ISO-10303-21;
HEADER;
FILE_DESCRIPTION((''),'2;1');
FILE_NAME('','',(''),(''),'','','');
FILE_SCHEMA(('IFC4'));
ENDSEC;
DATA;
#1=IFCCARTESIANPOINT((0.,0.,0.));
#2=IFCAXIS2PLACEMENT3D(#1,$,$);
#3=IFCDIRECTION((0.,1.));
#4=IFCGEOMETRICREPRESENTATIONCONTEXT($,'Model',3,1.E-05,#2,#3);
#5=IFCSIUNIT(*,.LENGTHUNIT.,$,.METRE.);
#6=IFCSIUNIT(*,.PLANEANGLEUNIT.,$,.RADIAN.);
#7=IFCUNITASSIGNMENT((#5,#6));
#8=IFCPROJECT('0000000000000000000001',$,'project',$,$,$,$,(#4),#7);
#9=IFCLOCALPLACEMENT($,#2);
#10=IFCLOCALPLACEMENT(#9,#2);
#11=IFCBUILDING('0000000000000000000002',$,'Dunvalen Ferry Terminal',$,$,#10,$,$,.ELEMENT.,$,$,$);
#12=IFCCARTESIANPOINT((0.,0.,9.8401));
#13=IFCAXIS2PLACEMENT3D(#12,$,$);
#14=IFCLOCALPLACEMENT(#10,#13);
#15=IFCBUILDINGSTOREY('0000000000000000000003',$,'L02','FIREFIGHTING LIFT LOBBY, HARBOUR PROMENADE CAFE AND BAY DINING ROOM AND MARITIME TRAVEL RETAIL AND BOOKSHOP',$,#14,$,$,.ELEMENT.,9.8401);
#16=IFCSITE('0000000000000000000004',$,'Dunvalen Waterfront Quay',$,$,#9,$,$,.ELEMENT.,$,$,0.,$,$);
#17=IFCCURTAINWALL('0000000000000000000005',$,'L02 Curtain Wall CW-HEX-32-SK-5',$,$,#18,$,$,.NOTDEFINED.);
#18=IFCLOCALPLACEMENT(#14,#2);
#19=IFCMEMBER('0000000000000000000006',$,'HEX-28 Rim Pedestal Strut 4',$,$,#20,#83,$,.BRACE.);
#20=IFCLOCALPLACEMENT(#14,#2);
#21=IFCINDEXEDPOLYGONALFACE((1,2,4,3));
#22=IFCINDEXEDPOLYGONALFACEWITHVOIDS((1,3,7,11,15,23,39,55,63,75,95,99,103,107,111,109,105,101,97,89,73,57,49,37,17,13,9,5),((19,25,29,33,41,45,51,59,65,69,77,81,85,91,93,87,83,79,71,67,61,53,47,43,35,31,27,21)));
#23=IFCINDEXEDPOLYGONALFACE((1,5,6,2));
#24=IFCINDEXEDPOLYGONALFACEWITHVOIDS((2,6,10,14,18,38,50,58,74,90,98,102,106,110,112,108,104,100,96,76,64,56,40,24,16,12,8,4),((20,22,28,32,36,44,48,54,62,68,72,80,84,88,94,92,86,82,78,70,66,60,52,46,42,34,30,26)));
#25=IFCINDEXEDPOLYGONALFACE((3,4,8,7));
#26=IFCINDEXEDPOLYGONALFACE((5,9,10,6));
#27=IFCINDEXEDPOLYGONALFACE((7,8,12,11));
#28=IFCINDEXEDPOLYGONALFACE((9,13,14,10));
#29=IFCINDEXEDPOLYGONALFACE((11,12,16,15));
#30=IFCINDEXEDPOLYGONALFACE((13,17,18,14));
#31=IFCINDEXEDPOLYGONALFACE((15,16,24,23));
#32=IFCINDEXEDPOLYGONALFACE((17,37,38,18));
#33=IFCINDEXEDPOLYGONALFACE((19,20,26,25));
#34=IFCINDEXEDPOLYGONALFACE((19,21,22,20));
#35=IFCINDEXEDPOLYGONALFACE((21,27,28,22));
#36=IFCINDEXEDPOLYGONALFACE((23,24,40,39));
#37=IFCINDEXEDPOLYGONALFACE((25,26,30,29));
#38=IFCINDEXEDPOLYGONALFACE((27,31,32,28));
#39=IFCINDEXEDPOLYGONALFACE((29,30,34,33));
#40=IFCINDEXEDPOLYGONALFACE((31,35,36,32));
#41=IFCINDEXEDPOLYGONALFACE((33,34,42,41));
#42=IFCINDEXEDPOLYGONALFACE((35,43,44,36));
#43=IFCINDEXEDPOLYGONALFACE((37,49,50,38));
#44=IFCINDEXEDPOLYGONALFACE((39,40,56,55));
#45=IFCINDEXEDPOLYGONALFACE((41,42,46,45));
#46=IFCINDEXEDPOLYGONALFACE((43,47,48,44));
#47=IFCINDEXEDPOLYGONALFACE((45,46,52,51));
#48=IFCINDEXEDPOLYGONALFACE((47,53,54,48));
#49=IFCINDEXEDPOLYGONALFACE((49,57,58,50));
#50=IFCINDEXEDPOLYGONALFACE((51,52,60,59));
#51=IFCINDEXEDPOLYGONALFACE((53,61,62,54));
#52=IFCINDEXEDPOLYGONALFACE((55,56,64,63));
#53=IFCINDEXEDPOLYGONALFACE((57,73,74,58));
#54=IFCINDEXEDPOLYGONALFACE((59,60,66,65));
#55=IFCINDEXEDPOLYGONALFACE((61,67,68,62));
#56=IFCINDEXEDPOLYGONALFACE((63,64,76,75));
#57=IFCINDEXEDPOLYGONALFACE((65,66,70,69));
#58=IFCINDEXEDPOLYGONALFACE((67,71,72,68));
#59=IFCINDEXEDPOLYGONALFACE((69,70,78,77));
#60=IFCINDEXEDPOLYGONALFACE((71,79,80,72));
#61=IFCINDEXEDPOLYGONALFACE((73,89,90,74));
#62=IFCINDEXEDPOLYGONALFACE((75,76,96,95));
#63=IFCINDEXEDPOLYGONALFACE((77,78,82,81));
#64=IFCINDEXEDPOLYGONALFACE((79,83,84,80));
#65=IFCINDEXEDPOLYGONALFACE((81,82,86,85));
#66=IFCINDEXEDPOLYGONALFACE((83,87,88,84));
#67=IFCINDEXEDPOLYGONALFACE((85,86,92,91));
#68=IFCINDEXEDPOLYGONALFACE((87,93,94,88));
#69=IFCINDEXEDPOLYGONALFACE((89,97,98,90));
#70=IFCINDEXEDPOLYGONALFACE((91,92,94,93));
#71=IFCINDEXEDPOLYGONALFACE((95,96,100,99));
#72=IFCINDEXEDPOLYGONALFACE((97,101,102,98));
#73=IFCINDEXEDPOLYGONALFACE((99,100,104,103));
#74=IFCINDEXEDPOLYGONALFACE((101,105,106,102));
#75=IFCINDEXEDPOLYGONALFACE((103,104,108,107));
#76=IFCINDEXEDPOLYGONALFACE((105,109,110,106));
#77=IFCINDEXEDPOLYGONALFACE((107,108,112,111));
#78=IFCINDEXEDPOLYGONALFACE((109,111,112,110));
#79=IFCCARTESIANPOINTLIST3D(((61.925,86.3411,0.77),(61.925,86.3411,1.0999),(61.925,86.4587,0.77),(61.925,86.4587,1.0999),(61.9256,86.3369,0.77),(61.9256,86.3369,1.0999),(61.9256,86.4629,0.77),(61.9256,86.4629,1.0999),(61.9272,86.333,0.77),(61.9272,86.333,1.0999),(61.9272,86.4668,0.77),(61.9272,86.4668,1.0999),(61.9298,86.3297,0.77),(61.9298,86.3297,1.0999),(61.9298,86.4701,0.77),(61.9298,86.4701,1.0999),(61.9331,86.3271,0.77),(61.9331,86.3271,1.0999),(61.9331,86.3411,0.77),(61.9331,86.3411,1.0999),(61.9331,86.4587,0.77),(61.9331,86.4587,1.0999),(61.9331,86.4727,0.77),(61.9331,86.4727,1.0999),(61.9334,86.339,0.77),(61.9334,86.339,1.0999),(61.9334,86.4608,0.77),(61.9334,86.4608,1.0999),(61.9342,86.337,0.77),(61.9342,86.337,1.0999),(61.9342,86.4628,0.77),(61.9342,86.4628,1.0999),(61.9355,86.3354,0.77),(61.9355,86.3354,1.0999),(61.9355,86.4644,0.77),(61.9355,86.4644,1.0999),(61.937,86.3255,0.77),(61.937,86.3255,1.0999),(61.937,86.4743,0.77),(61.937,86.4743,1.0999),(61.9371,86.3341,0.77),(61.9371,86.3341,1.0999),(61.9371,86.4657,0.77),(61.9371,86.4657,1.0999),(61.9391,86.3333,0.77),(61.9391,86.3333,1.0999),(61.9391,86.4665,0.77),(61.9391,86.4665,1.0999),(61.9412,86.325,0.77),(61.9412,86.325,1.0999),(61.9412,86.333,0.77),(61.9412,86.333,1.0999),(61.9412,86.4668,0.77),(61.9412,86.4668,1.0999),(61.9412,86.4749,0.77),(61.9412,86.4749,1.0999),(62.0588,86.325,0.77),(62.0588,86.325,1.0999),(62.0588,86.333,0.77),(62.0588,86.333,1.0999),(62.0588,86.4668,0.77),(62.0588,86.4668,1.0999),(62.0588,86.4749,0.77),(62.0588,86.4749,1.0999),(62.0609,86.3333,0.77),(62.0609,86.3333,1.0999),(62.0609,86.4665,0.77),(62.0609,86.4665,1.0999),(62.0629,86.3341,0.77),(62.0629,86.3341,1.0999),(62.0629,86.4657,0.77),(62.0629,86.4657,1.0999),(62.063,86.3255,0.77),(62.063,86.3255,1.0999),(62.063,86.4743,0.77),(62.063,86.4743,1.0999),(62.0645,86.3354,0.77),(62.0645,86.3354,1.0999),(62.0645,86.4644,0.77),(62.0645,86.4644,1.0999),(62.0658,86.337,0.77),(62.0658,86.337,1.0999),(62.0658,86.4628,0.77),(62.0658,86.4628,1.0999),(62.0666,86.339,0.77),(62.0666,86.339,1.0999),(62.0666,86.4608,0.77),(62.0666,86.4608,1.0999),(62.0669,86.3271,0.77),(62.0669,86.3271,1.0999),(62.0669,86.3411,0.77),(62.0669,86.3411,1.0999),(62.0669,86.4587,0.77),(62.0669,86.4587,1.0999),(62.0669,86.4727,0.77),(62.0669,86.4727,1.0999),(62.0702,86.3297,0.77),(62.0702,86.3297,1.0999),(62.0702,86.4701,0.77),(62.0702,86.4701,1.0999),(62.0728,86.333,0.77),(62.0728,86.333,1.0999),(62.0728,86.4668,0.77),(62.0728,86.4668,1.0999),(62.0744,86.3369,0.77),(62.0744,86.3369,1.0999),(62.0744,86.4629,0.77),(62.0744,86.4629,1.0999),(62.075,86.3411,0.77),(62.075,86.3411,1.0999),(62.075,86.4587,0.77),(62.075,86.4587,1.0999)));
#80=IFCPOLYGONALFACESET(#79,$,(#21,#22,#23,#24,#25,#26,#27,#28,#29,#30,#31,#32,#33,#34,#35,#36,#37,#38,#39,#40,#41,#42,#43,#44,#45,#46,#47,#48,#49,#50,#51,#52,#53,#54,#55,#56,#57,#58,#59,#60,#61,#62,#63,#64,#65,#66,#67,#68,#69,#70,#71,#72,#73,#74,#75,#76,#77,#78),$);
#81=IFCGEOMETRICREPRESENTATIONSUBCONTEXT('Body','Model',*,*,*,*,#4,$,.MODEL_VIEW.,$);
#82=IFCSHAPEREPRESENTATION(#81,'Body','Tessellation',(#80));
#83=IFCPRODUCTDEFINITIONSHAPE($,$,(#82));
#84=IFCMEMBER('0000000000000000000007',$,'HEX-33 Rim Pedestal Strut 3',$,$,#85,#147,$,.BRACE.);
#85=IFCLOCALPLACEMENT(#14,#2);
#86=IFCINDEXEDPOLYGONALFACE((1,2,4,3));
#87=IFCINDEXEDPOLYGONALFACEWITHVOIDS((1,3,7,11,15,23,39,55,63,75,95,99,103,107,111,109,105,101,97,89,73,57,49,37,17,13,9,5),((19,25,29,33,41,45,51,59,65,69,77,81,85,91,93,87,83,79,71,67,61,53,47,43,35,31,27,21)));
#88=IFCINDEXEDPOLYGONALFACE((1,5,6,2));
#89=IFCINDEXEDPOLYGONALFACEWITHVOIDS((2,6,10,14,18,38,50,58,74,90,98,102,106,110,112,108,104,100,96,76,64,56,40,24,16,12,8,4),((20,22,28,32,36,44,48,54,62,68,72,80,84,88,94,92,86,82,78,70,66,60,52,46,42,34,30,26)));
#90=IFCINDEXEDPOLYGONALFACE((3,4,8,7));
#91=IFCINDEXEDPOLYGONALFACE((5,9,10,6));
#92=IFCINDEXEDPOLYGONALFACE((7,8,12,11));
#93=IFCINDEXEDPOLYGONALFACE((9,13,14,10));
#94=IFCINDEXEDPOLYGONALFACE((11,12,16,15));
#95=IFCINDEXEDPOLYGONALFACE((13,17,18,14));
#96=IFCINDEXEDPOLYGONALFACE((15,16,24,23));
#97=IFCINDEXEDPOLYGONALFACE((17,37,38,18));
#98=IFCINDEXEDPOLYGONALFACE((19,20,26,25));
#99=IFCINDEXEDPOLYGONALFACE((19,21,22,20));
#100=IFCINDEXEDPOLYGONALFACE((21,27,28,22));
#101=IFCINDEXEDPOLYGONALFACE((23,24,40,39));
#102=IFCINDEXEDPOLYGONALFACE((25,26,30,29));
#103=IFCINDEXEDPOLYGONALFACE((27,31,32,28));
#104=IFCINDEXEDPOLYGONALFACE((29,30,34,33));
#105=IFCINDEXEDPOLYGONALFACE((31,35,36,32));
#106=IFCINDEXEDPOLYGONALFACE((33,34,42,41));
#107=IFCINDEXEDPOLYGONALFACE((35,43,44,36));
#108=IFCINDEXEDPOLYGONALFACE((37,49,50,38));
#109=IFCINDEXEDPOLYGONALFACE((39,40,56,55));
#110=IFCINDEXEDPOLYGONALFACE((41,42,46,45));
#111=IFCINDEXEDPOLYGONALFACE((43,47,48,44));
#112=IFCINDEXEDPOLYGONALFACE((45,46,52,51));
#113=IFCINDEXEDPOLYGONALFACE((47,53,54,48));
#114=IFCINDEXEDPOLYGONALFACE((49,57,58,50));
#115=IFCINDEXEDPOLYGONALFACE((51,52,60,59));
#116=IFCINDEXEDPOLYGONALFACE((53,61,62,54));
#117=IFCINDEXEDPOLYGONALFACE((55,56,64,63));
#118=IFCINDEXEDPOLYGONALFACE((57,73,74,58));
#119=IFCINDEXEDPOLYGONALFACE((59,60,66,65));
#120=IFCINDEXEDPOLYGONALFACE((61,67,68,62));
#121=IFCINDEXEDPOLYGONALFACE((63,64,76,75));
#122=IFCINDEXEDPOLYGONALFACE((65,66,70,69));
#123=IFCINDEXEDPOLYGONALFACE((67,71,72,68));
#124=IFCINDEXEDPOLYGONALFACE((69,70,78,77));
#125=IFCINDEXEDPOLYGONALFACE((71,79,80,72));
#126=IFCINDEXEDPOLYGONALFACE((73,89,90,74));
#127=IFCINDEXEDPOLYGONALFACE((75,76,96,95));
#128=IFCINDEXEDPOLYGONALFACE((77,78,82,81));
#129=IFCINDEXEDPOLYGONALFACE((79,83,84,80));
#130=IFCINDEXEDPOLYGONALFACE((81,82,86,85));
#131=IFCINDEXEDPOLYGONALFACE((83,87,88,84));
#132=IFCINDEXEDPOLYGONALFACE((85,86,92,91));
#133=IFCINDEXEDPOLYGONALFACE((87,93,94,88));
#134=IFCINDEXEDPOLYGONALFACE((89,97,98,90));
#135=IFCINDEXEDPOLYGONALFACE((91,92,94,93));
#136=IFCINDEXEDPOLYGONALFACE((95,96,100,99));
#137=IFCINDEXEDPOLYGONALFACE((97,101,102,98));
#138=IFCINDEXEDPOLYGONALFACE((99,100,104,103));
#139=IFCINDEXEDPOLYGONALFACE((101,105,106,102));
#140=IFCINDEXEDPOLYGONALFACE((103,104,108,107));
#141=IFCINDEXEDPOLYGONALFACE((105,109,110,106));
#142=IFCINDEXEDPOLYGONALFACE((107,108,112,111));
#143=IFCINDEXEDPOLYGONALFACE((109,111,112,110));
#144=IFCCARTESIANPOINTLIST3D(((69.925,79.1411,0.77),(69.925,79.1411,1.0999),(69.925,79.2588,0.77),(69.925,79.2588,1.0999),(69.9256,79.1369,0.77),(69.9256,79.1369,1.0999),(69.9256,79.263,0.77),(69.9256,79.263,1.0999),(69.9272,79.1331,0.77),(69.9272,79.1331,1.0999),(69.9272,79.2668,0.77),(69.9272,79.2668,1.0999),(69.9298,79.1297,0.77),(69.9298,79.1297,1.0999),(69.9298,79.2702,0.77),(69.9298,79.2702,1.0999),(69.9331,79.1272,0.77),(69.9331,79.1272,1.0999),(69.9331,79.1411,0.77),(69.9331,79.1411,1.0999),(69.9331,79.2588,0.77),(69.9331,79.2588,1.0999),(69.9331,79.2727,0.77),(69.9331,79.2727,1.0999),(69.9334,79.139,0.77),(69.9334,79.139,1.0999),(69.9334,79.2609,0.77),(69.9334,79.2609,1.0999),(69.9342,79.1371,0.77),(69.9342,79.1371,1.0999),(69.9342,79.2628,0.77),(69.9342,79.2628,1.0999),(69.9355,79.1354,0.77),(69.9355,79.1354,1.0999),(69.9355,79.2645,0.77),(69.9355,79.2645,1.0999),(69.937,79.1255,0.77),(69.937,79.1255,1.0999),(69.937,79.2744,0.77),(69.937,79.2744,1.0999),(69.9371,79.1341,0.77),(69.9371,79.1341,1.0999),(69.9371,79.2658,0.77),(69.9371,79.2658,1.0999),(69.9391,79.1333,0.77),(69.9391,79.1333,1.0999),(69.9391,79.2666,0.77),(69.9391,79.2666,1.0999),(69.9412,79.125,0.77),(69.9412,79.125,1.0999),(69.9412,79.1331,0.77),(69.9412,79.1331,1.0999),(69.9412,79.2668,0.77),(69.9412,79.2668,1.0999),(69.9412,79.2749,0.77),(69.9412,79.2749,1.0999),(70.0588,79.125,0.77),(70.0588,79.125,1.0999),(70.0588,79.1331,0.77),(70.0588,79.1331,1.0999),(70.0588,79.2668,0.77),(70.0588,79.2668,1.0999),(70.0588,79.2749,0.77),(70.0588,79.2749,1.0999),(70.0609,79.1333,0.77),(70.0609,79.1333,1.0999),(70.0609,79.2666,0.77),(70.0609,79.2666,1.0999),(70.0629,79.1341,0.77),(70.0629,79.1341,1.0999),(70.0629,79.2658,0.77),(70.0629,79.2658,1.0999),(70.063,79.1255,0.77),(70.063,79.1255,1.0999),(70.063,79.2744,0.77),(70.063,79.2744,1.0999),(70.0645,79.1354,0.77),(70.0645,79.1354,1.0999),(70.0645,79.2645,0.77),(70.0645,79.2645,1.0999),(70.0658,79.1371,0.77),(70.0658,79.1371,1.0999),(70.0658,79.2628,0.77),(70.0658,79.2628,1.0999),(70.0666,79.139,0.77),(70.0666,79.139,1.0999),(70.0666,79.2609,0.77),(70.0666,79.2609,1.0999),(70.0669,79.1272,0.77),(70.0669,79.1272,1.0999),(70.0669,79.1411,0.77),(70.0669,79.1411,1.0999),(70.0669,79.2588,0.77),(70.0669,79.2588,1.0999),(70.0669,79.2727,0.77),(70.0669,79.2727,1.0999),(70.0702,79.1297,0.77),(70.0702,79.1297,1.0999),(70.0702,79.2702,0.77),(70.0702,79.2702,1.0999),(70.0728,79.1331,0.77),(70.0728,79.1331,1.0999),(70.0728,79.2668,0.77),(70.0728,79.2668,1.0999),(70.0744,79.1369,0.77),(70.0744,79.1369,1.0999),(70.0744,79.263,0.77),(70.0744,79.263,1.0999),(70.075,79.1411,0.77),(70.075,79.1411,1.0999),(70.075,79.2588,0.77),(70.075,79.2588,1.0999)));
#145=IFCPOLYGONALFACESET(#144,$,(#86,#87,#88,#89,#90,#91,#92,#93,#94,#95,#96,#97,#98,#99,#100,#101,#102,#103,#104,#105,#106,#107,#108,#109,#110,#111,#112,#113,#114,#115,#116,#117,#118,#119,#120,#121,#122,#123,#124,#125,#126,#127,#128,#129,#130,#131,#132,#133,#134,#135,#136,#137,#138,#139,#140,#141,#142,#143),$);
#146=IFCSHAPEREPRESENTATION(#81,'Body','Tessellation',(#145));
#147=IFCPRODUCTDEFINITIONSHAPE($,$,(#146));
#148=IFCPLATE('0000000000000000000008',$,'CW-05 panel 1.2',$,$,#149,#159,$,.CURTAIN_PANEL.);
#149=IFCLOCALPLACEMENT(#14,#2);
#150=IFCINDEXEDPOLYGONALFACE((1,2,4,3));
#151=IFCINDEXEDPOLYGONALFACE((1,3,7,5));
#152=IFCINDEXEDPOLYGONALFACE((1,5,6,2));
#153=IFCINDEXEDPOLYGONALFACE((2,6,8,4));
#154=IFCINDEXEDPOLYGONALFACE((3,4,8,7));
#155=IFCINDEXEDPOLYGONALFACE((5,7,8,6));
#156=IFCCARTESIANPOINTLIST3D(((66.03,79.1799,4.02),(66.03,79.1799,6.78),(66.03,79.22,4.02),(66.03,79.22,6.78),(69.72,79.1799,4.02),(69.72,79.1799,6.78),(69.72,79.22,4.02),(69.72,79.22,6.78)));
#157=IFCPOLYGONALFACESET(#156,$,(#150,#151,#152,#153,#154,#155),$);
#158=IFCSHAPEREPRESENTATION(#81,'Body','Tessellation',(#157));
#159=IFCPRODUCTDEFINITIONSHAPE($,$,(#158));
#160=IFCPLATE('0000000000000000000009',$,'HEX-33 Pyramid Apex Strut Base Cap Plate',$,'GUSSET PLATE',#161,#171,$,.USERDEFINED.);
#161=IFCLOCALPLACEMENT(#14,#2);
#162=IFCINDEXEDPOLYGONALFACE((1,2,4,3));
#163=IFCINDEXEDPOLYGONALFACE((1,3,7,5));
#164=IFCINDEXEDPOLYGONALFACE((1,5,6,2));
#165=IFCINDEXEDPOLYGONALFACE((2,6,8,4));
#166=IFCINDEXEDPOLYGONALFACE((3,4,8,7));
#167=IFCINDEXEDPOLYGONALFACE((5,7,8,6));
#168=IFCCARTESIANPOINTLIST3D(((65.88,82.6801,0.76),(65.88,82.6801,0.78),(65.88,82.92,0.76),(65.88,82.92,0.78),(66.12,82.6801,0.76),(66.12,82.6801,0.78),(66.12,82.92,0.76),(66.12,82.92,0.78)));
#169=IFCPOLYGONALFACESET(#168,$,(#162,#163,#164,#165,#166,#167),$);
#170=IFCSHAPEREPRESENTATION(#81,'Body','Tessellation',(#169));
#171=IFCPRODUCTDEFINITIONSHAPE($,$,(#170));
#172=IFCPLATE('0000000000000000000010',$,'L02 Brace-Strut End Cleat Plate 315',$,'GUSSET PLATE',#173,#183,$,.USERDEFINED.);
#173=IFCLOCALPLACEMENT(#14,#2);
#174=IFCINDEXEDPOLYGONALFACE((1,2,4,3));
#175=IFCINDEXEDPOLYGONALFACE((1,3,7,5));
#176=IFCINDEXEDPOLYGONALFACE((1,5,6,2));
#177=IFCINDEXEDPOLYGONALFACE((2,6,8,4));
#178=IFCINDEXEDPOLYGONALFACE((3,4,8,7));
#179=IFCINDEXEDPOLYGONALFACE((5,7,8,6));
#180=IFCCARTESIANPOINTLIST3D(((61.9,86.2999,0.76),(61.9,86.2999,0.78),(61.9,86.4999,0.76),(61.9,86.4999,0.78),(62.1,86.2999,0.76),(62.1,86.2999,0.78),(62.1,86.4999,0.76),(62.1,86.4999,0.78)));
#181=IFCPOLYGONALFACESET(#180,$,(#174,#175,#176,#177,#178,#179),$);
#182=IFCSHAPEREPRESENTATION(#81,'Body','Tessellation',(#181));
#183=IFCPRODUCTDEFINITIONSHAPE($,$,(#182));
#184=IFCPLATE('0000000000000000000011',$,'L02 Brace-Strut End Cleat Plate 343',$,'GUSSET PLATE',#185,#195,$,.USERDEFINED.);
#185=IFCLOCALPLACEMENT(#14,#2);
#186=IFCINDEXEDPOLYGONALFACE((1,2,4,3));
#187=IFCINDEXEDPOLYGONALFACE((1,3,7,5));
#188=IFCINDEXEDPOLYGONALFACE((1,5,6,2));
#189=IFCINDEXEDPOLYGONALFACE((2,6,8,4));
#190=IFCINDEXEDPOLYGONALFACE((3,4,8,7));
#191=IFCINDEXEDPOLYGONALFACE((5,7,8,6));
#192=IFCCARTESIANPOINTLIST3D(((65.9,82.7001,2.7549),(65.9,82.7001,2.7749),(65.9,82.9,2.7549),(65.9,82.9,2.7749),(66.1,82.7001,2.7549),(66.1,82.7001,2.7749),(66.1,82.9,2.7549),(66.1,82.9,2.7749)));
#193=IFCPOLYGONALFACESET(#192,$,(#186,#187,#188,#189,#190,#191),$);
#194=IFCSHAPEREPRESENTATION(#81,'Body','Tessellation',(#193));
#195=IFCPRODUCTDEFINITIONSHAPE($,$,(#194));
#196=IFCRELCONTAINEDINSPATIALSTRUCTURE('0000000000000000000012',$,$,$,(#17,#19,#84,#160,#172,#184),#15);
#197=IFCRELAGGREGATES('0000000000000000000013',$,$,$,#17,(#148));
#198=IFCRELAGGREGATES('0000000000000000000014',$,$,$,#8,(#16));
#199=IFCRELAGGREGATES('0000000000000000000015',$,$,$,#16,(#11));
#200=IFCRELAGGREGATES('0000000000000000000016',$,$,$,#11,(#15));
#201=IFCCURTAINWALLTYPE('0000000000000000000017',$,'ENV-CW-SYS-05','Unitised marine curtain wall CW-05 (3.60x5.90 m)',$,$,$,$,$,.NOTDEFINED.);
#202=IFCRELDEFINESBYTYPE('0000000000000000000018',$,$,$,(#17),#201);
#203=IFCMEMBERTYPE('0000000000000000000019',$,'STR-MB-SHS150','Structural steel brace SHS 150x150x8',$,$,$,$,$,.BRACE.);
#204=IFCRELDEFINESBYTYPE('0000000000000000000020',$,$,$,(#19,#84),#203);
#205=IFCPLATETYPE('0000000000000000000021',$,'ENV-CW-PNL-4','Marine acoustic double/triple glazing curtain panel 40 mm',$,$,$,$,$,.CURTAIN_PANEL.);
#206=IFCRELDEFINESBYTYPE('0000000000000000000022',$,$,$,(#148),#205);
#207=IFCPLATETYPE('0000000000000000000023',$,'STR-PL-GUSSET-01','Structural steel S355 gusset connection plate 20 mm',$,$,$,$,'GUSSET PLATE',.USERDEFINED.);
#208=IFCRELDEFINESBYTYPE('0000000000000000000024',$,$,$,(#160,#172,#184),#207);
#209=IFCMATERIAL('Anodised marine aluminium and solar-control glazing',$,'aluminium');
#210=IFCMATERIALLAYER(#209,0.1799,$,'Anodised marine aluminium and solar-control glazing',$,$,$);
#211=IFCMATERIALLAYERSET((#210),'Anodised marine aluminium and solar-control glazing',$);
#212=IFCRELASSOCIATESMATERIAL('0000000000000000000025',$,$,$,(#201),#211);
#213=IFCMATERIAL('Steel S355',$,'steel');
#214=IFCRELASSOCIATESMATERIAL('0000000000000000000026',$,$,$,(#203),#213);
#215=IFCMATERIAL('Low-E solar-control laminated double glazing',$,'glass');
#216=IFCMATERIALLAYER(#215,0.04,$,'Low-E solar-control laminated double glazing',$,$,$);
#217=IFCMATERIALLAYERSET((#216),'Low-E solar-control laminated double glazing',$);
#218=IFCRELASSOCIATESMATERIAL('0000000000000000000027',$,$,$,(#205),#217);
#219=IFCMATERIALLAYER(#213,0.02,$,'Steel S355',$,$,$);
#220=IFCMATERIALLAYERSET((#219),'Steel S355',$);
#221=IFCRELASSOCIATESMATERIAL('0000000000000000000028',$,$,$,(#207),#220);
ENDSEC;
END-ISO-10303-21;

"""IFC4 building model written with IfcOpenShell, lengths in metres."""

from ifc_helpers import new_model, si_unit, direction, frame, origin, origin_2d, place, context, subcontext, project, spatial, rectangle, hollow_rectangle, extrude, material, layer, layer_set, material_profile, profile_set, type_object, element, aggregate, save


model = new_model("IFC4")

# Units and contexts
model_context = context("Model", 3, precision=1e-05, world=origin(), true_north=direction((0.0, 1.0)))
body_context = subcontext(model_context, "Body", "Model", "MODEL_VIEW")
ifc_project = project(units=[si_unit("LENGTHUNIT", "METRE"), si_unit("PLANEANGLEUNIT", "RADIAN")], contexts=[model_context])

# Site, building, storey
site_placement = place(None, origin())
site = spatial("IfcSite", under=ifc_project, at=site_placement, Name="Dunvalen Waterfront Quay", CompositionType="ELEMENT", RefElevation=0.0)
building_placement = place(site_placement, origin())
building = spatial("IfcBuilding", under=site, at=building_placement, Name="Dunvalen Ferry Terminal", CompositionType="ELEMENT")
storey_placement = place(building_placement, frame((0.0, 0.0, 9.8401)))
storey = spatial("IfcBuildingStorey", under=building, at=storey_placement, Name="L02", Description="FIREFIGHTING LIFT LOBBY, HARBOUR PROMENADE CAFE AND BAY DINING ROOM AND MARITIME TRAVEL RETAIL AND BOOKSHOP", CompositionType="ELEMENT", Elevation=9.8401)

# Curtain wall
ifc_material_1 = material(Name="Anodised marine aluminium and solar-control glazing", Category="aluminium")
ifc_layer_1 = layer(ifc_material_1, 0.1799, Name="Anodised marine aluminium and solar-control glazing")
ifc_layer_set_1 = layer_set([ifc_layer_1], Name="Anodised marine aluminium and solar-control glazing")
curtain_wall_type = type_object("IfcCurtainWallType", Name="ENV-CW-SYS-05", Description="Unitised marine curtain wall CW-05 (3.60x5.90 m)", PredefinedType="NOTDEFINED", material=ifc_layer_set_1)
curtain_wall_placement = place(storey_placement, origin())
curtain_wall = element("IfcCurtainWall", 1, at=curtain_wall_placement, inside=storey, type_object=curtain_wall_type, Name="L02 Curtain Wall CW-HEX-32-SK-5", PredefinedType="NOTDEFINED")

# Shared definitions
ifc_material_2 = material(Name="Steel S355", Category="steel")

# Members
ifc_material_profile_1 = material_profile(ifc_material_2, hollow_rectangle(XDim=0.1499, YDim=0.1499, WallThickness=0.0081, InnerFilletRadius=0.0081, OuterFilletRadius=0.0161, at=origin_2d()), Name="Steel S355")
ifc_profile_set_1 = profile_set([ifc_material_profile_1], Name="Steel S355")
member_type_1 = type_object("IfcMemberType", Name="STR-MB-SHS150", Description="Structural steel brace SHS 150x150x8", PredefinedType="BRACE", material=ifc_profile_set_1)
for number, where, z_axis, x_axis, name in (
    (2, (62.0, 86.3999, 0.77), (0.0, 0.0, 1.0), (1.0, 0.0, 0.0), "HEX-28 Rim Pedestal Strut 4"),
    (3, (70.0, 79.2, 0.77), (0.0, 0.0, 1.0), (1.0, 0.0, 0.0), "HEX-33 Rim Pedestal Strut 3"),
):
    element("IfcMember", number, at=place(storey_placement, frame(where, z_axis=z_axis, x_axis=x_axis)), inside=storey, type_object=member_type_1, Name=name, PredefinedType="BRACE", context=body_context, shape_type="SweptSolid", body=[
        extrude(hollow_rectangle(XDim=0.1499, YDim=0.1499, WallThickness=0.0081, InnerFilletRadius=0.0081, OuterFilletRadius=0.0161, at=origin_2d()), origin(), (0.0, 0.0, 1.0), 0.3298),
    ])

# Plate
ifc_material_3 = material(Name="Low-E solar-control laminated double glazing", Category="glass")
ifc_layer_2 = layer(ifc_material_3, 0.04, Name="Low-E solar-control laminated double glazing")
ifc_layer_set_2 = layer_set([ifc_layer_2], Name="Low-E solar-control laminated double glazing")
plate_type_1 = type_object("IfcPlateType", Name="ENV-CW-PNL-4", Description="Marine acoustic double/triple glazing curtain panel 40 mm", PredefinedType="CURTAIN_PANEL", material=ifc_layer_set_2)
plate_1_placement = place(storey_placement, frame((67.875, 79.2, 4.02), z_axis=(0.0, 0.0, 1.0), x_axis=(-1.0, 0.0, 0.0)))
plate_1 = element("IfcPlate", 4, at=plate_1_placement, type_object=plate_type_1, Name="CW-05 panel 1.2", PredefinedType="CURTAIN_PANEL", context=body_context, shape_type="SweptSolid", body=[
    extrude(rectangle(XDim=3.6899, YDim=0.04, at=origin_2d()), origin(), (0.0, 0.0, 1.0), 2.76),
])
aggregate(curtain_wall, [plate_1])

# Plates
ifc_layer_3 = layer(ifc_material_2, 0.02, Name="Steel S355")
ifc_layer_set_3 = layer_set([ifc_layer_3], Name="Steel S355")
plate_type_2 = type_object("IfcPlateType", Name="STR-PL-GUSSET-01", Description="Structural steel S355 gusset connection plate 20 mm", ElementType="GUSSET PLATE", PredefinedType="USERDEFINED", material=ifc_layer_set_3)
plate_2_placement = place(storey_placement, frame((66.0, 82.8, 0.76), z_axis=(0.0, 0.0, 1.0), x_axis=(1.0, 0.0, 0.0)))
element("IfcPlate", 5, at=plate_2_placement, inside=storey, type_object=plate_type_2, Name="HEX-33 Pyramid Apex Strut Base Cap Plate", ObjectType="GUSSET PLATE", PredefinedType="USERDEFINED", context=body_context, shape_type="SweptSolid", body=[
    extrude(rectangle(XDim=0.24, YDim=0.24, at=origin_2d()), origin(), (0.0, 0.0, 1.0), 0.02),
])
for number, where, z_axis, x_axis, name in (
    (6, (62.0, 86.3999, 0.76), (0.0, 0.0, 1.0), (1.0, 0.0, 0.0), "L02 Brace-Strut End Cleat Plate 315"),
    (7, (66.0, 82.8, 2.7549), (0.0, 0.0, 1.0), (1.0, 0.0, 0.0), "L02 Brace-Strut End Cleat Plate 343"),
):
    element("IfcPlate", number, at=place(storey_placement, frame(where, z_axis=z_axis, x_axis=x_axis)), inside=storey, type_object=plate_type_2, Name=name, ObjectType="GUSSET PLATE", PredefinedType="USERDEFINED", context=body_context, shape_type="SweptSolid", body=[
        extrude(rectangle(XDim=0.2, YDim=0.2, at=origin_2d()), origin(), (0.0, 0.0, 1.0), 0.02),
    ])

save(model, "model.ifc")
